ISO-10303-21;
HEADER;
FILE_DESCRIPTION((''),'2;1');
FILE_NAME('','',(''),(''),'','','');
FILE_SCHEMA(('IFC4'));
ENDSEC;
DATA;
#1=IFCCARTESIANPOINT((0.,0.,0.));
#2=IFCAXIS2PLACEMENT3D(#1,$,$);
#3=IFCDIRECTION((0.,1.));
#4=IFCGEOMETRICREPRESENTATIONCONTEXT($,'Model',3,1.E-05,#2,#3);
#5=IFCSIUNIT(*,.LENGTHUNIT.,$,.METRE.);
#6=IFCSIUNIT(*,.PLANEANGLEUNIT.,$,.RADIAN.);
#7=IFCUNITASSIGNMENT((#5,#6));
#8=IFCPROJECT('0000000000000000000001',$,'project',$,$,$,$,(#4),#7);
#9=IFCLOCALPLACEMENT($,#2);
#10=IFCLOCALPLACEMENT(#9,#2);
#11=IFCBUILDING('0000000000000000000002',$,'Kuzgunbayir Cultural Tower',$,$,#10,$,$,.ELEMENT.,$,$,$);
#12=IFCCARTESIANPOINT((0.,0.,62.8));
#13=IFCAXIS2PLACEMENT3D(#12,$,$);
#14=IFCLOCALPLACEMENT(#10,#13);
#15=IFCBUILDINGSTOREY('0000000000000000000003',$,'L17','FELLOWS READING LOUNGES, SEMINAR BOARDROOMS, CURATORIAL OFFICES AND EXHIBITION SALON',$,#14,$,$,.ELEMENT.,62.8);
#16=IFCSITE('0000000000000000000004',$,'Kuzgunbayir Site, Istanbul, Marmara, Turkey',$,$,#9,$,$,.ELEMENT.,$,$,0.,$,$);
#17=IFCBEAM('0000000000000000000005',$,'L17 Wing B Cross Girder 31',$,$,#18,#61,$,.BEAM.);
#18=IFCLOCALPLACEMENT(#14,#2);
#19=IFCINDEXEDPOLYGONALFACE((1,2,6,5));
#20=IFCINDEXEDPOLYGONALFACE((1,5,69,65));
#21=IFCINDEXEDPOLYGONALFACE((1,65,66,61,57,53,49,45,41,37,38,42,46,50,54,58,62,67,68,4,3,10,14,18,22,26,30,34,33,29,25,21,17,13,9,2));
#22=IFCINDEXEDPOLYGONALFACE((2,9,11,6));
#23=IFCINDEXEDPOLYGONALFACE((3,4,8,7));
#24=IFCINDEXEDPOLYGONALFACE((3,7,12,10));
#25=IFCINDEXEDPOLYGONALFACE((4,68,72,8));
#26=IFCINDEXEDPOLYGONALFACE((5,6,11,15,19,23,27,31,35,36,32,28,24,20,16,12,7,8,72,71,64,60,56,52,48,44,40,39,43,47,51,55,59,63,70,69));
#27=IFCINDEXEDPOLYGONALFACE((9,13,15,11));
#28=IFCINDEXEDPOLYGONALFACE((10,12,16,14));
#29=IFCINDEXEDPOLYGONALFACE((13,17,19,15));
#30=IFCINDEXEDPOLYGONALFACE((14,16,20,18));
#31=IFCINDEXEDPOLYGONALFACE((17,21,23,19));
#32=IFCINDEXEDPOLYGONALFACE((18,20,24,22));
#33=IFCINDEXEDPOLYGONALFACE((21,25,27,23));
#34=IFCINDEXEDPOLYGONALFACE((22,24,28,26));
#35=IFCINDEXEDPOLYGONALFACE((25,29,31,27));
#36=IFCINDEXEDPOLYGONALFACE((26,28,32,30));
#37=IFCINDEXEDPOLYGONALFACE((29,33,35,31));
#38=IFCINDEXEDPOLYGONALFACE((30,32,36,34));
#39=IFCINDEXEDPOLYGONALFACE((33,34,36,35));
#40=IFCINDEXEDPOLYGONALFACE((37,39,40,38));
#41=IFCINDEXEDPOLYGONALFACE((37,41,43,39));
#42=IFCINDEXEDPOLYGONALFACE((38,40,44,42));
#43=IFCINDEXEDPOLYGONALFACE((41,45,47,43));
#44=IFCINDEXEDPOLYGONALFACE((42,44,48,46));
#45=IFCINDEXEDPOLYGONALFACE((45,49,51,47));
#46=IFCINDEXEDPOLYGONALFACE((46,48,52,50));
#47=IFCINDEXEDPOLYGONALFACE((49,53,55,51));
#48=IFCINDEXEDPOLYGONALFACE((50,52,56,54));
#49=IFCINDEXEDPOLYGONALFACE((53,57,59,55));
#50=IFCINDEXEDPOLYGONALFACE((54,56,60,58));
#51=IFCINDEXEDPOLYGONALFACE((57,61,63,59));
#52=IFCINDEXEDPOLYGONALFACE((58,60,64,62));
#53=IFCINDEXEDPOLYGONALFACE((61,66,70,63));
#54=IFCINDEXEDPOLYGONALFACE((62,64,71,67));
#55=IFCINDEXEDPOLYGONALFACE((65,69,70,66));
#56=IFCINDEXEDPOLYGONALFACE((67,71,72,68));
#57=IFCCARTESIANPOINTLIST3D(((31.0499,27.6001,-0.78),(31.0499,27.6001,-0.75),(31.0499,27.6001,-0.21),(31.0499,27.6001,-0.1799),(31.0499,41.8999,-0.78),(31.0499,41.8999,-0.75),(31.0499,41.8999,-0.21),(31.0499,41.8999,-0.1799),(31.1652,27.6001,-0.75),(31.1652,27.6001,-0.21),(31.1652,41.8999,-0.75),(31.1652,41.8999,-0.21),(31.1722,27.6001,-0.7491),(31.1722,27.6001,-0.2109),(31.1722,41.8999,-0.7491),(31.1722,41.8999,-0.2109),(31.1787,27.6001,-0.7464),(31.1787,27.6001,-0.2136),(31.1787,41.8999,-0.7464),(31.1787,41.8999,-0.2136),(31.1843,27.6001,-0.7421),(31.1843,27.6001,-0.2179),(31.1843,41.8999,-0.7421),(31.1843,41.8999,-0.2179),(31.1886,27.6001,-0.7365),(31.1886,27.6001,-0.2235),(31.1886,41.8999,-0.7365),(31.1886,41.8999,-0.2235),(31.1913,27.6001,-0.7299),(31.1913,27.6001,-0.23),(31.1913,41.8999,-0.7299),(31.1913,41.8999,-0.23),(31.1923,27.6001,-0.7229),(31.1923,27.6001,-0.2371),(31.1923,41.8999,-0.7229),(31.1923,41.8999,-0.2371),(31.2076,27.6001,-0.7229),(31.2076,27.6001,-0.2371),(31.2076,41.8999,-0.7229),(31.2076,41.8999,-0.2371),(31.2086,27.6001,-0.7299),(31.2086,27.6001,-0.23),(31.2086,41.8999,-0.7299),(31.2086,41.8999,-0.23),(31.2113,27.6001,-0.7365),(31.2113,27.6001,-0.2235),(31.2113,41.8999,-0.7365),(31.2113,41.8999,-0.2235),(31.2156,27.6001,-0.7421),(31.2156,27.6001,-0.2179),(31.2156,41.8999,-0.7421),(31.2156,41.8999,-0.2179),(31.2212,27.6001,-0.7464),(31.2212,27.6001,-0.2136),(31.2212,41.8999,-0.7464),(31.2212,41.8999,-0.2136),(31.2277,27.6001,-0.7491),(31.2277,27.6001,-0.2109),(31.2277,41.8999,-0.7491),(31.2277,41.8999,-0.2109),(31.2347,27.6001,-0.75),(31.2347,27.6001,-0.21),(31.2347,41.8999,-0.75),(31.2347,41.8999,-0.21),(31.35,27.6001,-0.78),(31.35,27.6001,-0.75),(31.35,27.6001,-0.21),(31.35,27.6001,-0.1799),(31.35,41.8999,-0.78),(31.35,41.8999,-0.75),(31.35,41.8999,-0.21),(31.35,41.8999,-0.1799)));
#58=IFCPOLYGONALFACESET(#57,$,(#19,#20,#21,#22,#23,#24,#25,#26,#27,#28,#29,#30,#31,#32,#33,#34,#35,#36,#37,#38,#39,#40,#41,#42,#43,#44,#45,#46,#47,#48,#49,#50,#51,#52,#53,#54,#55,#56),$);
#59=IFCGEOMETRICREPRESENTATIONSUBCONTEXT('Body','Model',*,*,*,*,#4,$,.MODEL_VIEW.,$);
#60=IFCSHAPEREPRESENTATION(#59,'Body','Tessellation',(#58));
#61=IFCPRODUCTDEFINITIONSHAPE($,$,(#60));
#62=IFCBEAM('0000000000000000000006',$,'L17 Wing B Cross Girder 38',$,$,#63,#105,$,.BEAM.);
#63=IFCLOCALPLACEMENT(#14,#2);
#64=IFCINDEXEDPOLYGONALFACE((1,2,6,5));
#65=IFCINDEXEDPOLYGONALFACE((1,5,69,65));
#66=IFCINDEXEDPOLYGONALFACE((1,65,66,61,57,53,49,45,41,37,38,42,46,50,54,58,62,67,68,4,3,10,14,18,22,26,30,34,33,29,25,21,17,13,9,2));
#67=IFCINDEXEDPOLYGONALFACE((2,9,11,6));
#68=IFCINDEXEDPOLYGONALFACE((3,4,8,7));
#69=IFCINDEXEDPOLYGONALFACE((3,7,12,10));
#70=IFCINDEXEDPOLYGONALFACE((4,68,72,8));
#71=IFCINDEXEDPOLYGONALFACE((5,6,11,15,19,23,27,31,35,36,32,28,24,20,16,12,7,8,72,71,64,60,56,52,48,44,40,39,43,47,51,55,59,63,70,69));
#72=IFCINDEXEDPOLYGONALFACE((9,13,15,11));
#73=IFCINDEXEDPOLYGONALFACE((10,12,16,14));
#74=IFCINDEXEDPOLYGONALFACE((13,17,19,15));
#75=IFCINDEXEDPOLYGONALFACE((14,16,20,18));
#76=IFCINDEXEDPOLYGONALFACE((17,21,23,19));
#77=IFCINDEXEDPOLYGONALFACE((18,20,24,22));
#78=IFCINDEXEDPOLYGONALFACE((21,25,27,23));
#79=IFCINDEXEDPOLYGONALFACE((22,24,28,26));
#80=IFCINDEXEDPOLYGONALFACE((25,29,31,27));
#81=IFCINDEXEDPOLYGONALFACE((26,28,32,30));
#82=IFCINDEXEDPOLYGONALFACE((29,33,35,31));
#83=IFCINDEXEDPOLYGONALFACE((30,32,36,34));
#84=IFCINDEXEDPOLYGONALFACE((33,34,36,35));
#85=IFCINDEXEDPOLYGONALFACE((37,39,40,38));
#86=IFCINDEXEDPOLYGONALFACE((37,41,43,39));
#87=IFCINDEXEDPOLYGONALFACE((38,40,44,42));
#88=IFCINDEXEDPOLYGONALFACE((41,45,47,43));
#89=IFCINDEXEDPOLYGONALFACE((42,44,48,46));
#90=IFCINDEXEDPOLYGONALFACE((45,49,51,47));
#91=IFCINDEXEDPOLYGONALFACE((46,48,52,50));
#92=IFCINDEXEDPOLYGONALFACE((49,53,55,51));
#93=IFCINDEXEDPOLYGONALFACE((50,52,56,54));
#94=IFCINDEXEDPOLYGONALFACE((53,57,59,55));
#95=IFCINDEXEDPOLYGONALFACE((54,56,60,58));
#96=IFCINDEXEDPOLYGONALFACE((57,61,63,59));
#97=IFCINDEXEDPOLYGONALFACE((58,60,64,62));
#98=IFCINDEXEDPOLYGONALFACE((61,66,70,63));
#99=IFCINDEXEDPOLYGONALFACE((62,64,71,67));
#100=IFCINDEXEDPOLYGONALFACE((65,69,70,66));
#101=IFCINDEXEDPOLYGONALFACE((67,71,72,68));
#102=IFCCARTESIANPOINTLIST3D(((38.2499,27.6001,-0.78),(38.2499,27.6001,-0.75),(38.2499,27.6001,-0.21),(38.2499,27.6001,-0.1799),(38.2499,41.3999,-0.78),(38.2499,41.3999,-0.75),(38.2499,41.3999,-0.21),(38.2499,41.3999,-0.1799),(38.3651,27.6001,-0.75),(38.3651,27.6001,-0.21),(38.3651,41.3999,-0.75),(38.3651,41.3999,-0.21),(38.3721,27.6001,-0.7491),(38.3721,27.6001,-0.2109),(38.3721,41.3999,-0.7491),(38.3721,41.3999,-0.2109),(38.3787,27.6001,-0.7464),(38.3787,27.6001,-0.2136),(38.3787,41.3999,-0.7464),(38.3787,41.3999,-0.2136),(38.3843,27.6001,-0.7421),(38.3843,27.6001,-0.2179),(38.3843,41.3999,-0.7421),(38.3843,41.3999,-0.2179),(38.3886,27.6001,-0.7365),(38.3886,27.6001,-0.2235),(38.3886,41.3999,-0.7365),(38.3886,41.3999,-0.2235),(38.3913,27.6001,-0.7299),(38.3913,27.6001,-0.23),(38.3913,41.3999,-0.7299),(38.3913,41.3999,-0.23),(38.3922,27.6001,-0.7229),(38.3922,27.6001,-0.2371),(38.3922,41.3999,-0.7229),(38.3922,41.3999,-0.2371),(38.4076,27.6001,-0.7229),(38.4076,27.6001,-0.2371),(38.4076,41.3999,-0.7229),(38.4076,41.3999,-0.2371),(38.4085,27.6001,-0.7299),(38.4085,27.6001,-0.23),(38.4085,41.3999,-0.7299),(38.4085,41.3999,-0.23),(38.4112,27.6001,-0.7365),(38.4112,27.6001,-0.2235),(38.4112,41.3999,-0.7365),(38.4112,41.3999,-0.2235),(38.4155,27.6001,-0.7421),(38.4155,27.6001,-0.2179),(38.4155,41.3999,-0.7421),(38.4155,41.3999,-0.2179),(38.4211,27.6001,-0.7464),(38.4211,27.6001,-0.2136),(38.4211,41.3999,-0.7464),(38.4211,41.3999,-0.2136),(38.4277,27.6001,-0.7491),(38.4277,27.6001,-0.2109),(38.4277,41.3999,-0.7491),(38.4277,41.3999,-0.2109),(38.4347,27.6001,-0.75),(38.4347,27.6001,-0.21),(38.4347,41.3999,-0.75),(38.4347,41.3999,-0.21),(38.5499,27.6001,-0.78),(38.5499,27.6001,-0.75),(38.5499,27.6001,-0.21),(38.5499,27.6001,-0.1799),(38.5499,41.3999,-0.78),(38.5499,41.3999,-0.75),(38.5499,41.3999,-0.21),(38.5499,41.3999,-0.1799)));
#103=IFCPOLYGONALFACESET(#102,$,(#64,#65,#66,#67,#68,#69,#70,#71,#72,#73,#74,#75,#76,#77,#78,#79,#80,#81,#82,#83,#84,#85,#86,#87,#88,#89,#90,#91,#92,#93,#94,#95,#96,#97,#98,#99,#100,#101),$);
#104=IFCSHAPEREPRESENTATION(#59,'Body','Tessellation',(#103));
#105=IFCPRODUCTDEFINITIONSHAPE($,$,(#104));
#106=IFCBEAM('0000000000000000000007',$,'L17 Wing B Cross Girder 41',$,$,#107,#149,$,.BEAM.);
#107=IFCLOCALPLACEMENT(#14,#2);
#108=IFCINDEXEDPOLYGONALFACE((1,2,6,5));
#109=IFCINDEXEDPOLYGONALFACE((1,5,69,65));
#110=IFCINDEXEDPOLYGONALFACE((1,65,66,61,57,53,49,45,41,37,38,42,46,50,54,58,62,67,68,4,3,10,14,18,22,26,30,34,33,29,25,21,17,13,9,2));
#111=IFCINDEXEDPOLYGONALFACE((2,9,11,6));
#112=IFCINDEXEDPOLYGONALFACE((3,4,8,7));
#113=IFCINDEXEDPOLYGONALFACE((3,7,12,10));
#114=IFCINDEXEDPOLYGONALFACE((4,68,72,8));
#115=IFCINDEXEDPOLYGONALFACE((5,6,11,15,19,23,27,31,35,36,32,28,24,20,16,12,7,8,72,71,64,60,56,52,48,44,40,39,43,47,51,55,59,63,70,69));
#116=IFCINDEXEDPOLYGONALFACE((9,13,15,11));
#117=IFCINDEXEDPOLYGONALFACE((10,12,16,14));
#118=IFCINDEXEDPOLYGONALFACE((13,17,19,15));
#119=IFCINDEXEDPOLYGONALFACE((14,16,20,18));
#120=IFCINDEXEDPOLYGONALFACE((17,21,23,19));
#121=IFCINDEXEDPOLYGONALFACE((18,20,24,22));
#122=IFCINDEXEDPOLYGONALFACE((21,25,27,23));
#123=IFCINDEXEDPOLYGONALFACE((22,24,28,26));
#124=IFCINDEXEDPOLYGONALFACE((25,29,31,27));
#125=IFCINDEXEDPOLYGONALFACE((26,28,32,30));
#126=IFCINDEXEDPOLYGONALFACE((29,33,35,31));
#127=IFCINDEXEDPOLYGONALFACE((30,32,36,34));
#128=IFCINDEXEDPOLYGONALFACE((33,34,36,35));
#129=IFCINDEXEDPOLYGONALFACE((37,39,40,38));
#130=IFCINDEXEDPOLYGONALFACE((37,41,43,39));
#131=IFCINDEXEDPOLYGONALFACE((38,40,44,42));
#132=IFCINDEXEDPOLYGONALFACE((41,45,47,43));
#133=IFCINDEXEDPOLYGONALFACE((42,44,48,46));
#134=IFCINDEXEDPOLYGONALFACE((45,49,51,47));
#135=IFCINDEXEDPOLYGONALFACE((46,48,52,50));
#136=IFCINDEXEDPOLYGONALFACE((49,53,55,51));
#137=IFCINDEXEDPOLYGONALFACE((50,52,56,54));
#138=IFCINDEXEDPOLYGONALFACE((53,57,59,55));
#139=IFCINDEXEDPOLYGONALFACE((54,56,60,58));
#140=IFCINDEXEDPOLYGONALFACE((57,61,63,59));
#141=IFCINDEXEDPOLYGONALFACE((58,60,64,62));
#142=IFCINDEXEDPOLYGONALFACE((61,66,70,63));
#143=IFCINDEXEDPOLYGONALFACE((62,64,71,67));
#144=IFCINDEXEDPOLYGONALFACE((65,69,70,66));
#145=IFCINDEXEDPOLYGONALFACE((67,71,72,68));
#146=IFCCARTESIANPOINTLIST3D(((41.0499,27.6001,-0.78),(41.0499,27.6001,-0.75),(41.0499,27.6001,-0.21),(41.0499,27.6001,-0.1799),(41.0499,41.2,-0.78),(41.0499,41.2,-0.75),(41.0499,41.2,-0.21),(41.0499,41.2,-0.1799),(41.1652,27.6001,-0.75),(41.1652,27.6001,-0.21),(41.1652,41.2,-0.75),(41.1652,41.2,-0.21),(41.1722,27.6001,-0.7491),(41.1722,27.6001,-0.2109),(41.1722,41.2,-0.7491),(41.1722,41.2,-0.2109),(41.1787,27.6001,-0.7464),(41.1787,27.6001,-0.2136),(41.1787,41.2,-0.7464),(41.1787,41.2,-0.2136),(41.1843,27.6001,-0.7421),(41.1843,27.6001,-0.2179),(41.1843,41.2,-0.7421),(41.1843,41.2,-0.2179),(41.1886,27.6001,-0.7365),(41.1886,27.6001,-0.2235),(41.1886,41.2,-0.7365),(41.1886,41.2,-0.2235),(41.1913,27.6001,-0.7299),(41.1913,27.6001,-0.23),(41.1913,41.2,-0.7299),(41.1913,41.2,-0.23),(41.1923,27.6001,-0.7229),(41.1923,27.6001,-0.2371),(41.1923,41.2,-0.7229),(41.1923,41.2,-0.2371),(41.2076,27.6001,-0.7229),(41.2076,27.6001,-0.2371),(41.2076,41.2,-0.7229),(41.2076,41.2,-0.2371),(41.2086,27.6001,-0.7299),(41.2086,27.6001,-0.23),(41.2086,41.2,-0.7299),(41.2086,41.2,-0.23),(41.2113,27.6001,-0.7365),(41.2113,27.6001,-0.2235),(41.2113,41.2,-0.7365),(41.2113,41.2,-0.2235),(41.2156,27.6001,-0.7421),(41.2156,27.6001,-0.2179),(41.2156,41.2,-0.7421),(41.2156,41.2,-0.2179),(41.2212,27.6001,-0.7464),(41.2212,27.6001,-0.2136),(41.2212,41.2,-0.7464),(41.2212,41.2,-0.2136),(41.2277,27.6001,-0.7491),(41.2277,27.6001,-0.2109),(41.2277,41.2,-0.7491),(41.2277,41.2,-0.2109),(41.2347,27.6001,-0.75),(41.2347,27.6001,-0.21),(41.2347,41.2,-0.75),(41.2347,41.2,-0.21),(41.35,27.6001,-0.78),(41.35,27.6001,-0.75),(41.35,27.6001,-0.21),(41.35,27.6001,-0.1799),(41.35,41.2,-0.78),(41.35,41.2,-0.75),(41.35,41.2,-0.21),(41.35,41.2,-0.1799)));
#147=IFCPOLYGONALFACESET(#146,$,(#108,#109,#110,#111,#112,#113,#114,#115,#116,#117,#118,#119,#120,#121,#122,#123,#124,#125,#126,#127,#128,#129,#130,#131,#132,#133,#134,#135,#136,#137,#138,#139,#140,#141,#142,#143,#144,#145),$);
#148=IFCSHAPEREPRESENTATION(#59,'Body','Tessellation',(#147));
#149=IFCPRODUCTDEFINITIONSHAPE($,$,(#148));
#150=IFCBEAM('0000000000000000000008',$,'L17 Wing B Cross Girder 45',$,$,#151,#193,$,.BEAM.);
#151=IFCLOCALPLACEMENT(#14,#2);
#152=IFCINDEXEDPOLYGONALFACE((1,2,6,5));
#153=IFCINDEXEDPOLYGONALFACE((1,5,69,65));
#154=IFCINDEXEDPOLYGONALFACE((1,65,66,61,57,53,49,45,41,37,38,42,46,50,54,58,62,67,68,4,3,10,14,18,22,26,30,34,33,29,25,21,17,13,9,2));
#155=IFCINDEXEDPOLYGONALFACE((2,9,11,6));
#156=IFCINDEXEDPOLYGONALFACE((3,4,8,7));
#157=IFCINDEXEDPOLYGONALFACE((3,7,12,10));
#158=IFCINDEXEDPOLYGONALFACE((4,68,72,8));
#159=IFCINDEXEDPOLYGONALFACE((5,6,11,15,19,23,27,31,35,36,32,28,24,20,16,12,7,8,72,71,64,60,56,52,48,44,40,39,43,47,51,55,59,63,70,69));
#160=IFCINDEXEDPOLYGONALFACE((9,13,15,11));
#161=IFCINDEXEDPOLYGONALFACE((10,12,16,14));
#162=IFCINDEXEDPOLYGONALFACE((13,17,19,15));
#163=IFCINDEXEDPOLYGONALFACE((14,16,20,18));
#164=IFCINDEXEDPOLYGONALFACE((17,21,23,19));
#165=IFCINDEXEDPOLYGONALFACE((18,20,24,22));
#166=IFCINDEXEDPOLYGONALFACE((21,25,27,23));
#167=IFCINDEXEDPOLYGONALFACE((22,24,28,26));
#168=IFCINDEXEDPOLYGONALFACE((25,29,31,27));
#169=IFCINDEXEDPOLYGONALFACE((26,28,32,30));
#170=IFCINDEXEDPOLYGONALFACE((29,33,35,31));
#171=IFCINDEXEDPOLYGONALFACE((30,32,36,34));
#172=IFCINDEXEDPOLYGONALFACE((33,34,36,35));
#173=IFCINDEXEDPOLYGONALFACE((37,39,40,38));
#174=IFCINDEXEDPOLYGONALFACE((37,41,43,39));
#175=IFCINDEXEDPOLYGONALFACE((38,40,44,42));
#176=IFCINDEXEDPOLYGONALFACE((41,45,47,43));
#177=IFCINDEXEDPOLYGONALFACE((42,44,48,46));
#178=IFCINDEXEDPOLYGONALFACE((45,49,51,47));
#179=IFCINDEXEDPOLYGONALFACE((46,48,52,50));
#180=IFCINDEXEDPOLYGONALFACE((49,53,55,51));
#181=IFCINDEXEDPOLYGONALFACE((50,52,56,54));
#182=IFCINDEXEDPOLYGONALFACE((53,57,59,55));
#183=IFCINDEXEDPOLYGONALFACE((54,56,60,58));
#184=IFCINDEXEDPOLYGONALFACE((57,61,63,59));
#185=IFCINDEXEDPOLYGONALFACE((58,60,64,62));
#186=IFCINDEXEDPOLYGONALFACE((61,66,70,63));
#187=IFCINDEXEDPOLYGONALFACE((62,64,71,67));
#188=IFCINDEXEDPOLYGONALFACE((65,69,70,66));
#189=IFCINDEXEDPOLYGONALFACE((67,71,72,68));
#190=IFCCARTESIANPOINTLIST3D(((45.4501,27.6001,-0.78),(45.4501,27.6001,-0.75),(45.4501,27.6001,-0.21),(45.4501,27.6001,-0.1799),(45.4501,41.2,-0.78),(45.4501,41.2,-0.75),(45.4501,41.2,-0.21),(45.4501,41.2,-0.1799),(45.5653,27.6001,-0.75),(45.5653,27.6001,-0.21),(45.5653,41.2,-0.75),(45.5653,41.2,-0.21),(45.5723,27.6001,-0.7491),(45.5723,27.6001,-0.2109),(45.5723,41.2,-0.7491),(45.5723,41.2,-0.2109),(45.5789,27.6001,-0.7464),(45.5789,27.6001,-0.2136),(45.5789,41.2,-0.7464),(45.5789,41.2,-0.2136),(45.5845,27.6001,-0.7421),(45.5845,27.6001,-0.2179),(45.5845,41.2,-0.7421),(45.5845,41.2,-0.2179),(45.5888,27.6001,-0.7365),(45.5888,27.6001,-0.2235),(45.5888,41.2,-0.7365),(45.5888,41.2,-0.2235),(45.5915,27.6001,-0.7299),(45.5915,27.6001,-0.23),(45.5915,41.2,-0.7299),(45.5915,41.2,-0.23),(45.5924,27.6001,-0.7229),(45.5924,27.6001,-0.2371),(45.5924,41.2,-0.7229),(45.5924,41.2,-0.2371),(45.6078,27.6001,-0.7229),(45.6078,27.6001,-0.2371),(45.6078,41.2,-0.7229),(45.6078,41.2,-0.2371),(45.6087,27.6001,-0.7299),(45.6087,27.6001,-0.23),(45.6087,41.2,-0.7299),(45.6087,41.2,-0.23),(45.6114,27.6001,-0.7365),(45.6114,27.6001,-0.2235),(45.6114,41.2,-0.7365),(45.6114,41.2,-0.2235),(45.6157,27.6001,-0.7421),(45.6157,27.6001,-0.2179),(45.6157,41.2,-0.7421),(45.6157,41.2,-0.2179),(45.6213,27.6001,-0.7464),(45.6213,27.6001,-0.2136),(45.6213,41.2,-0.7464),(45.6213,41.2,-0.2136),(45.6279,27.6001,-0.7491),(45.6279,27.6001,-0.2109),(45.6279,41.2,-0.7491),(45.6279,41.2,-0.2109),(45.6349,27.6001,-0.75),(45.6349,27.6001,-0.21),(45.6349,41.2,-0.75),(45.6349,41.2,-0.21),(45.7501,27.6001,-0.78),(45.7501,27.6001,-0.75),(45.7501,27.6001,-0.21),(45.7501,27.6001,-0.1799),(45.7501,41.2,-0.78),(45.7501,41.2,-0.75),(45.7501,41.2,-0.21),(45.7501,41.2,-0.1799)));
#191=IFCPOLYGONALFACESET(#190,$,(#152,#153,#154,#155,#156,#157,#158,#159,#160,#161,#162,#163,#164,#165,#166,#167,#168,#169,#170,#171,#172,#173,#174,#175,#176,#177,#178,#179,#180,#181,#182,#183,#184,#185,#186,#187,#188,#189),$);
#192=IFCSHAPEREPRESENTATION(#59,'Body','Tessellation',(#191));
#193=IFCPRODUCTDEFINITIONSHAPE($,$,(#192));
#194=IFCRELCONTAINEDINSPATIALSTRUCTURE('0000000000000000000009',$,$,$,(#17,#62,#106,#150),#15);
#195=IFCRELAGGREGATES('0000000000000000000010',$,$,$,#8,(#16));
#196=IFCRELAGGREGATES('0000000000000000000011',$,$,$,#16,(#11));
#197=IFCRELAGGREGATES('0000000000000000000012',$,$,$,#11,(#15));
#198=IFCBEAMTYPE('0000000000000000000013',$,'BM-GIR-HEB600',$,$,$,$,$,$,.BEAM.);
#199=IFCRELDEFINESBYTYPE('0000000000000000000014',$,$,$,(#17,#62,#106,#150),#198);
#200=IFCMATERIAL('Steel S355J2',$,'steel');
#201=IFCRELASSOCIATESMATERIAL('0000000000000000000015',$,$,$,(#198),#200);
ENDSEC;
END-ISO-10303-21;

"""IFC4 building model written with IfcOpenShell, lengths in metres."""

from ifc_helpers import new_model, si_unit, direction, frame, origin, origin_2d, place, context, subcontext, project, spatial, i_section, extrude, material, material_profile, profile_set, type_object, element, save


model = new_model("IFC4")

# Units and contexts
model_context = context("Model", 3, precision=1e-05, world=origin(), true_north=direction((0.0, 1.0)))
body_context = subcontext(model_context, "Body", "Model", "MODEL_VIEW")
ifc_project = project(units=[si_unit("LENGTHUNIT", "METRE"), si_unit("PLANEANGLEUNIT", "RADIAN")], contexts=[model_context])

# Site, building, storey
site_placement = place(None, origin())
site = spatial("IfcSite", under=ifc_project, at=site_placement, Name="Kuzgunbayir Site, Istanbul, Marmara, Turkey", CompositionType="ELEMENT", RefElevation=0.0)
building_placement = place(site_placement, origin())
building = spatial("IfcBuilding", under=site, at=building_placement, Name="Kuzgunbayir Cultural Tower", CompositionType="ELEMENT")
storey_placement = place(building_placement, frame((0.0, 0.0, 62.8)))
storey = spatial("IfcBuildingStorey", under=building, at=storey_placement, Name="L17", Description="FELLOWS READING LOUNGES, SEMINAR BOARDROOMS, CURATORIAL OFFICES AND EXHIBITION SALON", CompositionType="ELEMENT", Elevation=62.8)

# Beams
ifc_material_1 = material(Name="Steel S355J2", Category="steel")
ifc_material_profile_1 = material_profile(ifc_material_1, i_section(OverallWidth=0.3, OverallDepth=0.6001, WebThickness=0.0154, FlangeThickness=0.03, FilletRadius=0.0271, at=origin_2d()), Name="HEB 600")
ifc_profile_set_1 = profile_set([ifc_material_profile_1], Name="Steel S355J2")
beam_type_1 = type_object("IfcBeamType", Name="BM-GIR-HEB600", PredefinedType="BEAM", material=ifc_profile_set_1)
beam_1_placement = place(storey_placement, frame((31.2, 27.6001, -0.48), z_axis=(0.0, 1.0, 0.0), x_axis=(-1.0, 0.0, 0.0)))
element("IfcBeam", 1, at=beam_1_placement, inside=storey, type_object=beam_type_1, Name="L17 Wing B Cross Girder 31", PredefinedType="BEAM", context=body_context, shape_type="SweptSolid", body=[
    extrude(i_section(OverallWidth=0.3, OverallDepth=0.6001, WebThickness=0.0154, FlangeThickness=0.03, FilletRadius=0.0271, at=origin_2d()), origin(), (0.0, 0.0, 1.0), 14.2998),
])
beam_2_placement = place(storey_placement, frame((38.3999, 27.6001, -0.48), z_axis=(0.0, 1.0, 0.0), x_axis=(-1.0, 0.0, 0.0)))
element("IfcBeam", 2, at=beam_2_placement, inside=storey, type_object=beam_type_1, Name="L17 Wing B Cross Girder 38", PredefinedType="BEAM", context=body_context, shape_type="SweptSolid", body=[
    extrude(i_section(OverallWidth=0.3, OverallDepth=0.6001, WebThickness=0.0154, FlangeThickness=0.03, FilletRadius=0.0271, at=origin_2d()), origin(), (0.0, 0.0, 1.0), 13.7998),
])
for number, where, z_axis, x_axis, name in (
    (3, (41.2, 27.6001, -0.48), (0.0, 1.0, 0.0), (-1.0, 0.0, 0.0), "L17 Wing B Cross Girder 41"),
    (4, (45.6001, 27.6001, -0.48), (0.0, 1.0, 0.0), (-1.0, 0.0, 0.0), "L17 Wing B Cross Girder 45"),
):
    element("IfcBeam", number, at=place(storey_placement, frame(where, z_axis=z_axis, x_axis=x_axis)), inside=storey, type_object=beam_type_1, Name=name, PredefinedType="BEAM", context=body_context, shape_type="SweptSolid", body=[
        extrude(i_section(OverallWidth=0.3, OverallDepth=0.6001, WebThickness=0.0154, FlangeThickness=0.03, FilletRadius=0.0271, at=origin_2d()), origin(), (0.0, 0.0, 1.0), 13.5999),
    ])

save(model, "model.ifc")
